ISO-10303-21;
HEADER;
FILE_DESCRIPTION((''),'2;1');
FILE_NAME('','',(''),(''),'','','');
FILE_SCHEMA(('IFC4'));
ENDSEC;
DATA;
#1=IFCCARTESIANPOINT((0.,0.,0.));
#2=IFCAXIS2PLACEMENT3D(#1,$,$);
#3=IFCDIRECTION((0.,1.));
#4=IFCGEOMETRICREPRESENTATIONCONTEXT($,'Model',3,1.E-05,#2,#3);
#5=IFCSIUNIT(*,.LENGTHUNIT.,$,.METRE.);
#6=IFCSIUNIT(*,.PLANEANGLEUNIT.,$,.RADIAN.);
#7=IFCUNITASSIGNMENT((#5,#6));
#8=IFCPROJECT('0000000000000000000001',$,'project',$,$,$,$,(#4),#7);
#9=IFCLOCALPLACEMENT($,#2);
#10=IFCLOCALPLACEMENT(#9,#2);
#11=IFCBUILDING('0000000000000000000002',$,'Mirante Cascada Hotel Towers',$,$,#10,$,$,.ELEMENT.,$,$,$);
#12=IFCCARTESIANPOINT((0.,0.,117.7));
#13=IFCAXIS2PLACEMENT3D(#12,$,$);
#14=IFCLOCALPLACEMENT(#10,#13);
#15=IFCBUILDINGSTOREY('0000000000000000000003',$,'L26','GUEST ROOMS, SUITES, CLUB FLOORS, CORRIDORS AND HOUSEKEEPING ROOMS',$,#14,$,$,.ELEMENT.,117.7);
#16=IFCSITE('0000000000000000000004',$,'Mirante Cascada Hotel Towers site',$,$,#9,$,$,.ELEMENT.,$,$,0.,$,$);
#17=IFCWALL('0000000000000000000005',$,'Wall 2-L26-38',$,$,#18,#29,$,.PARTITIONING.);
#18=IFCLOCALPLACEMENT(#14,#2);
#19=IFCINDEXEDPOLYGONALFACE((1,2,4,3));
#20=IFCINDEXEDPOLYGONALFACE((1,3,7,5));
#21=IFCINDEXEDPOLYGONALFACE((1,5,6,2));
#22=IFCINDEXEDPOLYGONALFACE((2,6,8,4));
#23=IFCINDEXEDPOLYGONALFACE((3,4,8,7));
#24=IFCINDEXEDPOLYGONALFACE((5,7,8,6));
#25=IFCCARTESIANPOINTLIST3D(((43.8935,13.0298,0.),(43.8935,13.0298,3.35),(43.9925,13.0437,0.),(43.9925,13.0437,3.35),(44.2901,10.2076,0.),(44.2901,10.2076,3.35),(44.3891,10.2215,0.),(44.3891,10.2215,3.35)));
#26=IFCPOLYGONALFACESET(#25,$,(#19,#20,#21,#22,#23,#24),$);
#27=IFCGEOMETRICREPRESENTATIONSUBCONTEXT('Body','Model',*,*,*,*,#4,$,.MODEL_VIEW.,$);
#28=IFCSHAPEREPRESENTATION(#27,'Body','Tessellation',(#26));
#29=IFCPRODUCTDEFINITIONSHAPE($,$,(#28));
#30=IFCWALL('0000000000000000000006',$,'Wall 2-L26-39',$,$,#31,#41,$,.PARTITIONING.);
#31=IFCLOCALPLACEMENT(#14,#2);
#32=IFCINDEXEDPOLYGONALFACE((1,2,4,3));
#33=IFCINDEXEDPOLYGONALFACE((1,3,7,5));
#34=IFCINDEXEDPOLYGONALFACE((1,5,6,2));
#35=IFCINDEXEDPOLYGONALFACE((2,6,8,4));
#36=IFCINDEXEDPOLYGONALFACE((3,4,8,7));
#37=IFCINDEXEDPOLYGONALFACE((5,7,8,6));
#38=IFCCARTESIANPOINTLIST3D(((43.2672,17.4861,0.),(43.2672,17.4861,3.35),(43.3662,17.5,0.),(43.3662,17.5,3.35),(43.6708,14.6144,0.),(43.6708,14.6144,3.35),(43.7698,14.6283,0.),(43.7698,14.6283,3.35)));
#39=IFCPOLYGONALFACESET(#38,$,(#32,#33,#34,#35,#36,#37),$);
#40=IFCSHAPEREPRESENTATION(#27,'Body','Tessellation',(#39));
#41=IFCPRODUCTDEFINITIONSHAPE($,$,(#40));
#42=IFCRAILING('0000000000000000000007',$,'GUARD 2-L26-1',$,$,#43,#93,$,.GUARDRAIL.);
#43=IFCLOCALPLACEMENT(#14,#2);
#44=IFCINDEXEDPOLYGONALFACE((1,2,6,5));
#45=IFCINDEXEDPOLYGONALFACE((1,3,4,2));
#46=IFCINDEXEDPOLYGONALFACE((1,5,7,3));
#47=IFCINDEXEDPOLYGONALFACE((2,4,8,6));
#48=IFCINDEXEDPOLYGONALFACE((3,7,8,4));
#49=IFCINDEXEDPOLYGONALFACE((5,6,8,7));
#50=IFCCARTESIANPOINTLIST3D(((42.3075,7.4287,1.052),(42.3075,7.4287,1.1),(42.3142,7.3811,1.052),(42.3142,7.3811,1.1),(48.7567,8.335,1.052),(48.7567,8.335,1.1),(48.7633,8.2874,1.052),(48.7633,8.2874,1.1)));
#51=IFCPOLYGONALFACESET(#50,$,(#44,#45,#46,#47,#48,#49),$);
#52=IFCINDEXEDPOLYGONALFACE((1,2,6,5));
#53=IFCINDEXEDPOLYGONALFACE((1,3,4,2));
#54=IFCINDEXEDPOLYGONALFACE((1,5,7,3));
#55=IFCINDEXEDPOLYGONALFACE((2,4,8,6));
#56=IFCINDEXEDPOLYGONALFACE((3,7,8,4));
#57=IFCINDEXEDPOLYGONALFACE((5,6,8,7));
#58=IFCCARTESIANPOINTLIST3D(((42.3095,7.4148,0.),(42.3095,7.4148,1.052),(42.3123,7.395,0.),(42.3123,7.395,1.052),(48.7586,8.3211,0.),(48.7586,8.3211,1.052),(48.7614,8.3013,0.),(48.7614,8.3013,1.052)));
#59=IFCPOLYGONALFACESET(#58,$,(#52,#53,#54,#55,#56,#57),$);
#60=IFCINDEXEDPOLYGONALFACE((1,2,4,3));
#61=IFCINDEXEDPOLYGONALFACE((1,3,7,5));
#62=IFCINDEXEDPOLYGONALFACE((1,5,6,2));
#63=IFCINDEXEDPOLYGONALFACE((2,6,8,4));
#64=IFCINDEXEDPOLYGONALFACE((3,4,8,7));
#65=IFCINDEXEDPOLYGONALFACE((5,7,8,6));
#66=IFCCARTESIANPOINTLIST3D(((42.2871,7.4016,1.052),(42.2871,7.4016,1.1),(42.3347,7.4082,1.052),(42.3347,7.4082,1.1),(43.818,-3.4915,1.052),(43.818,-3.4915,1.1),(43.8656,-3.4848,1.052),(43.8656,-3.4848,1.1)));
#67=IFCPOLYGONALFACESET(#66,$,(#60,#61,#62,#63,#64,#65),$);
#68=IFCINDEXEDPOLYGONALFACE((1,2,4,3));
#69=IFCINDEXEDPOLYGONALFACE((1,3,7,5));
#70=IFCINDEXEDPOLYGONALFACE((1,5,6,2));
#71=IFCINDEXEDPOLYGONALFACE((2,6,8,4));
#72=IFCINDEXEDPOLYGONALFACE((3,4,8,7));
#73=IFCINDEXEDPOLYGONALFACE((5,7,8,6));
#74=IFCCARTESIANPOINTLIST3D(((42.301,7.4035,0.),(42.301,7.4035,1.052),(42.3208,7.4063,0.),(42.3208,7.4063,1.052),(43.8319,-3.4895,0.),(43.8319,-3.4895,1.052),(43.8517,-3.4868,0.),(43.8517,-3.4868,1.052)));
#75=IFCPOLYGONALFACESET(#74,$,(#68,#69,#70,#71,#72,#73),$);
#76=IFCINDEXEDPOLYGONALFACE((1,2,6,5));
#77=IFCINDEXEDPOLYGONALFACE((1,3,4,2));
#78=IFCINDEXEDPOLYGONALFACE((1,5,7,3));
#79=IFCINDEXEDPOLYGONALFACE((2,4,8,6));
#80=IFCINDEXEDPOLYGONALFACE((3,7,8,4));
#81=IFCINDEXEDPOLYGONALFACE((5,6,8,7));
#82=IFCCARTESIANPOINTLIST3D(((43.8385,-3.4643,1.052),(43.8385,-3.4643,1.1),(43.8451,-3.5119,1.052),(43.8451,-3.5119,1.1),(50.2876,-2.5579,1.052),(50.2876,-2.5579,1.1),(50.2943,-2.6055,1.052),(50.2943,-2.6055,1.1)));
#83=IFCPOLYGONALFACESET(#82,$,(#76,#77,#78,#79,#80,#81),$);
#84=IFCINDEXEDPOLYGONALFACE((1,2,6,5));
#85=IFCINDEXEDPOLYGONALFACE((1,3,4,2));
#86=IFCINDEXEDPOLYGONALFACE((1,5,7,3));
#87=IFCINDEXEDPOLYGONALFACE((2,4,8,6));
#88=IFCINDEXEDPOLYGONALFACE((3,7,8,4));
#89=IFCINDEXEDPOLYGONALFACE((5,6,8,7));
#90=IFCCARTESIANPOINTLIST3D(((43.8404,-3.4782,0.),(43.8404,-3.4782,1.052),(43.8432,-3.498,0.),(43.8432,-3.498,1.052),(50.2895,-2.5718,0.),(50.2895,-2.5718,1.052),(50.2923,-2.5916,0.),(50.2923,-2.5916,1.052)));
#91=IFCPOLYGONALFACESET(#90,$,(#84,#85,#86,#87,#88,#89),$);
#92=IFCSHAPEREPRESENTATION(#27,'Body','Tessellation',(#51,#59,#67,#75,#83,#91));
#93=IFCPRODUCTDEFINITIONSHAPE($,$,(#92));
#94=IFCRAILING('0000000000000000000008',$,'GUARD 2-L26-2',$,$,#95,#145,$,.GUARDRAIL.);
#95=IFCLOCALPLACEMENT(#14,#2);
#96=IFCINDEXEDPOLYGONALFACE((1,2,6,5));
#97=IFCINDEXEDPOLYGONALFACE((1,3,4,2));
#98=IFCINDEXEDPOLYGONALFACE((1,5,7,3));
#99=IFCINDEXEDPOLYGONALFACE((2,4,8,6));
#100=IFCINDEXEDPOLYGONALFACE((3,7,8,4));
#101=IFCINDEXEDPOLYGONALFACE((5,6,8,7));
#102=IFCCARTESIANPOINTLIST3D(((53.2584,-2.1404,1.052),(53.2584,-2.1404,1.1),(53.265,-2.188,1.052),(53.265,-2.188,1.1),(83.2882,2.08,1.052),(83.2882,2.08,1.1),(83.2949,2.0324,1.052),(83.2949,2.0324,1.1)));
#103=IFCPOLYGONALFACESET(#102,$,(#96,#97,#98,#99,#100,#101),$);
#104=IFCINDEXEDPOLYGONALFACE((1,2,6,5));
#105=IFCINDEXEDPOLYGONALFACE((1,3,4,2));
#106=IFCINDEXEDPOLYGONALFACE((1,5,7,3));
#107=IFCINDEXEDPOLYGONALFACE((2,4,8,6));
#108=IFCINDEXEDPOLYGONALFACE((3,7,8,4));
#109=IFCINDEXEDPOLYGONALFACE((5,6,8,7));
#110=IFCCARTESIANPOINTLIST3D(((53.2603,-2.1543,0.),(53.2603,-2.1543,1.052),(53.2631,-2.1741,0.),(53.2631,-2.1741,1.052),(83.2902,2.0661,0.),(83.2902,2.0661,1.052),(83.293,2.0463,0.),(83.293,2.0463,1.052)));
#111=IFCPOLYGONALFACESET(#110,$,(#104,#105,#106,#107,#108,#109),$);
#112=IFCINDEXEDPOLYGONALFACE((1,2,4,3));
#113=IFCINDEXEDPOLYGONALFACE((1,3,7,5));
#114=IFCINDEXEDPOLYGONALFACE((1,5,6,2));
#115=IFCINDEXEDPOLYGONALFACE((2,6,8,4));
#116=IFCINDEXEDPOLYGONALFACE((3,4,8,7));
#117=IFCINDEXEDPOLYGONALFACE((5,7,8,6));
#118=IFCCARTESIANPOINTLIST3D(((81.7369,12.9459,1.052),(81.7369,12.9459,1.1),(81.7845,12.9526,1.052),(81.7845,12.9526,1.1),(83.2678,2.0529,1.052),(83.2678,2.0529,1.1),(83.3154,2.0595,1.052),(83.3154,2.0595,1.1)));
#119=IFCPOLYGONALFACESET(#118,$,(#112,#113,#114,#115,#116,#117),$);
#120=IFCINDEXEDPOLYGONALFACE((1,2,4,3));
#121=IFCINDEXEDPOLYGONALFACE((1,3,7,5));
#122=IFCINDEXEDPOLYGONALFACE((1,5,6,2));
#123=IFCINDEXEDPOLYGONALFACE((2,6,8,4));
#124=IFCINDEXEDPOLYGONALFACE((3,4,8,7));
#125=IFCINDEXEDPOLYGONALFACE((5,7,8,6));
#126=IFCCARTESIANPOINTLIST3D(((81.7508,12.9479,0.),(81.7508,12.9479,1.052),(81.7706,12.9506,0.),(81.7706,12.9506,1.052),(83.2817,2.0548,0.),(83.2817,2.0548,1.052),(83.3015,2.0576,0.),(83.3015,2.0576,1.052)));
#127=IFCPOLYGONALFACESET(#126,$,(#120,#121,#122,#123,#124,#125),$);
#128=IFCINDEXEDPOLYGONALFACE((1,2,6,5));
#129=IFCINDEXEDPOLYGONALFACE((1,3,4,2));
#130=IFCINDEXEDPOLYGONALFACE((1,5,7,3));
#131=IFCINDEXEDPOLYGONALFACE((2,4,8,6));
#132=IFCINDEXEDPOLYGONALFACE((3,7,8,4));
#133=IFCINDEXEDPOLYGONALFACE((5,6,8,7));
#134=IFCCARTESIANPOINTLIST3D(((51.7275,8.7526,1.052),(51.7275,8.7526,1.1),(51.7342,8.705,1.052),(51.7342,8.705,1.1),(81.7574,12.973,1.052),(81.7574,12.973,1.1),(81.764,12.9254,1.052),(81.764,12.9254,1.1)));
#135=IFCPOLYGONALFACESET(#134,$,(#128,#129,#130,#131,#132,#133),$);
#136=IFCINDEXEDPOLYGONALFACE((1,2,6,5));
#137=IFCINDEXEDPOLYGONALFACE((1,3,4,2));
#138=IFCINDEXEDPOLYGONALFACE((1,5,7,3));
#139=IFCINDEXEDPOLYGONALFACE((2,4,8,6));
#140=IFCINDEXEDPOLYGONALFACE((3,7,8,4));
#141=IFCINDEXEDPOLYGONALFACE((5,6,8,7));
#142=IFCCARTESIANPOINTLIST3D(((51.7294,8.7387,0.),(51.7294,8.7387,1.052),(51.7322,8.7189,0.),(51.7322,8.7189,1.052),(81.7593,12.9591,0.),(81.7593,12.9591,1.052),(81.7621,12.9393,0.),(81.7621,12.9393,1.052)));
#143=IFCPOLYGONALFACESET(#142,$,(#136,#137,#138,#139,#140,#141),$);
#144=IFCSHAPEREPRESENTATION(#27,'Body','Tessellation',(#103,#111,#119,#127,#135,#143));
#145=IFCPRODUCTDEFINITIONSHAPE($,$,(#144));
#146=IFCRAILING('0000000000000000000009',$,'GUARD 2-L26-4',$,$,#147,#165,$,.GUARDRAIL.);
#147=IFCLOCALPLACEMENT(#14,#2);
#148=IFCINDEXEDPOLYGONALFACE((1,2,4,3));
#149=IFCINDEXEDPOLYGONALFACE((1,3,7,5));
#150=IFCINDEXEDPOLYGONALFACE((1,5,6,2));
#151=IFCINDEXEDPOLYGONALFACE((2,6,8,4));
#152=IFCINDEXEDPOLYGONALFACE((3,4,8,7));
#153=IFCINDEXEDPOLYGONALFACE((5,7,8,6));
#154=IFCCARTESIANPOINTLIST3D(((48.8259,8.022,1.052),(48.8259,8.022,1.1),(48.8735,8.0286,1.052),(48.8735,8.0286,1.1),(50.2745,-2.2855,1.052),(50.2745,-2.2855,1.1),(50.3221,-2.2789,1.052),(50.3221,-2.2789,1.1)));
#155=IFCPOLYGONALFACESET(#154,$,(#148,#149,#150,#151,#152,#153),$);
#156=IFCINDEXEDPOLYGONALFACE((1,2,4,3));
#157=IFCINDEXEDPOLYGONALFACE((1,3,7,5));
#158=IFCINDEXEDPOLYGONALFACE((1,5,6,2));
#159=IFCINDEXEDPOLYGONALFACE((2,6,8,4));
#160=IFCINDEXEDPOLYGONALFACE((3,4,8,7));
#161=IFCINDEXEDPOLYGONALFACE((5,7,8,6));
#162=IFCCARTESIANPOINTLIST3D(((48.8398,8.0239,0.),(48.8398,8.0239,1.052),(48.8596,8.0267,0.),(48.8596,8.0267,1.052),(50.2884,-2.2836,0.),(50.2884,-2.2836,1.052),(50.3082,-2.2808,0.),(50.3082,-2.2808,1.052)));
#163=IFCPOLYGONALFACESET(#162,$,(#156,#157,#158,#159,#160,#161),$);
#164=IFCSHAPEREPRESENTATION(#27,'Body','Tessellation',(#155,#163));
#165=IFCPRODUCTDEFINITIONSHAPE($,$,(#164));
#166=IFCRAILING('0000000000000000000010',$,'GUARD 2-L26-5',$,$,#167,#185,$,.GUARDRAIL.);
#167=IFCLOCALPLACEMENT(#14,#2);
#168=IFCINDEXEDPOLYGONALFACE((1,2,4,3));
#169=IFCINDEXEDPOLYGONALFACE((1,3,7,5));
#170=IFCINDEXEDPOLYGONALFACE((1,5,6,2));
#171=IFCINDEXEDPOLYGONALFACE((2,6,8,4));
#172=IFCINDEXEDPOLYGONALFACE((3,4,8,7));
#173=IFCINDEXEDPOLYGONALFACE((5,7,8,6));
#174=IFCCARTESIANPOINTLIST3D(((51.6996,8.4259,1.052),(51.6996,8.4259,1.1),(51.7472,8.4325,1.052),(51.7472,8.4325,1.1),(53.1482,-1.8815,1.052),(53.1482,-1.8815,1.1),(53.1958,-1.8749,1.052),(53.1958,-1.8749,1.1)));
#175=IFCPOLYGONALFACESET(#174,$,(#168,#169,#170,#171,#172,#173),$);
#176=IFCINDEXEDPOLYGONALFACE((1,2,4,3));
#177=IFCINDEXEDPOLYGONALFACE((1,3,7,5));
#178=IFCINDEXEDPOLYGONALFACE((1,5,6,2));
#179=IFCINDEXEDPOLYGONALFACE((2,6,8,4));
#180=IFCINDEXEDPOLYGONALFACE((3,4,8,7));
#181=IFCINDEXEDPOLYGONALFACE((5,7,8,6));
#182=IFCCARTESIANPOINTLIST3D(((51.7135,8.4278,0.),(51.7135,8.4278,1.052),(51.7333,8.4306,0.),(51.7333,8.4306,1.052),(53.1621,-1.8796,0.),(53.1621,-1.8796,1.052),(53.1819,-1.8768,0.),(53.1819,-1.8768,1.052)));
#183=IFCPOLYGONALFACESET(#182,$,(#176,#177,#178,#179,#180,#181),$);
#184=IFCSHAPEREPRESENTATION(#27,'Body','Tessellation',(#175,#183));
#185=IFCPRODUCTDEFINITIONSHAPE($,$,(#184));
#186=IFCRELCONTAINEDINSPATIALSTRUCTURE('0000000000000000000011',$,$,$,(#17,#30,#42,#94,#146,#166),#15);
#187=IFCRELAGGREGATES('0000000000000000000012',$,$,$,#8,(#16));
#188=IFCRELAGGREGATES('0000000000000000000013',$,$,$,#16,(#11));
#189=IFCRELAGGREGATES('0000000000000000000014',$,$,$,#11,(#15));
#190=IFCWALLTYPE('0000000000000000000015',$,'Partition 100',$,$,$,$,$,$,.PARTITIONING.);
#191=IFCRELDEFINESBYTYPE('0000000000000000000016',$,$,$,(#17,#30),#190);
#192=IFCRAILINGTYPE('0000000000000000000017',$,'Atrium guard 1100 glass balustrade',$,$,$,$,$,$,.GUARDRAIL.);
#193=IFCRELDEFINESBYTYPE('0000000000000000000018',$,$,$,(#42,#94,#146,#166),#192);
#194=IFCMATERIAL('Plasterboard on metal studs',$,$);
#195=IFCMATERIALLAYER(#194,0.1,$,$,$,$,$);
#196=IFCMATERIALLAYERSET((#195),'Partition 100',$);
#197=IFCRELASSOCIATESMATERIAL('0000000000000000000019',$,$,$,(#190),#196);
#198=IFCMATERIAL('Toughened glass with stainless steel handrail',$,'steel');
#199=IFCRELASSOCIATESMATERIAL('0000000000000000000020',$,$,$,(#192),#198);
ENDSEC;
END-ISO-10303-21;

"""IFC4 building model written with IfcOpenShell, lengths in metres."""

from ifc_helpers import new_model, si_unit, direction, frame, frame_2d, origin, origin_2d, place, context, subcontext, project, spatial, rectangle, extrude, material, layer, layer_set, type_object, element, save


model = new_model("IFC4")

# Units and contexts
model_context = context("Model", 3, precision=1e-05, world=origin(), true_north=direction((0.0, 1.0)))
body_context = subcontext(model_context, "Body", "Model", "MODEL_VIEW")
ifc_project = project(units=[si_unit("LENGTHUNIT", "METRE"), si_unit("PLANEANGLEUNIT", "RADIAN")], contexts=[model_context])

# Site, building, storey
site_placement = place(None, origin())
site = spatial("IfcSite", under=ifc_project, at=site_placement, Name="Mirante Cascada Hotel Towers site", CompositionType="ELEMENT", RefElevation=0.0)
building_placement = place(site_placement, origin())
building = spatial("IfcBuilding", under=site, at=building_placement, Name="Mirante Cascada Hotel Towers", CompositionType="ELEMENT")
storey_placement = place(building_placement, frame((0.0, 0.0, 117.7)))
storey = spatial("IfcBuildingStorey", under=building, at=storey_placement, Name="L26", Description="GUEST ROOMS, SUITES, CLUB FLOORS, CORRIDORS AND HOUSEKEEPING ROOMS", CompositionType="ELEMENT", Elevation=117.7)

# Shared definitions
ifc_material_1 = material(Name="Plasterboard on metal studs")
ifc_layer_1 = layer(ifc_material_1, 0.1)
ifc_layer_set_1 = layer_set([ifc_layer_1], Name="Partition 100")
wall_type_1 = type_object("IfcWallType", Name="Partition 100", PredefinedType="PARTITIONING", material=ifc_layer_set_1)

# Walls
wall_1_placement = place(storey_placement, frame((43.943, 13.0368, 0.0), z_axis=(0.0, 0.0, 1.0), x_axis=(0.139161, -0.99027, 0.0)))
element("IfcWall", 1, at=wall_1_placement, inside=storey, type_object=wall_type_1, Name="Wall 2-L26-38", PredefinedType="PARTITIONING", context=body_context, shape_type="SweptSolid", body=[
    extrude(rectangle(XDim=2.8499, YDim=0.1, at=frame_2d((1.425, 0.0))), origin(), (0.0, 0.0, 1.0), 3.35),
])
wall_2_placement = place(storey_placement, frame((43.7203, 14.6213, 0.0), z_axis=(0.0, 0.0, 1.0), x_axis=(-0.139176, 0.990268, 0.0)))
element("IfcWall", 2, at=wall_2_placement, inside=storey, type_object=wall_type_1, Name="Wall 2-L26-39", PredefinedType="PARTITIONING", context=body_context, shape_type="SweptSolid", body=[
    extrude(rectangle(XDim=2.8999, YDim=0.1, at=frame_2d((1.45, 0.0))), origin(), (0.0, 0.0, 1.0), 3.35),
])

# Railings
ifc_material_2 = material(Name="Toughened glass with stainless steel handrail", Category="steel")
railing_type = type_object("IfcRailingType", Name="Atrium guard 1100 glass balustrade", PredefinedType="GUARDRAIL", material=ifc_material_2)
railing_1_placement = place(storey_placement, frame((48.76, 8.3112, 0.0)))
element("IfcRailing", 3, at=railing_1_placement, inside=storey, type_object=railing_type, Name="GUARD 2-L26-1", PredefinedType="GUARDRAIL", context=body_context, shape_type="SweptSolid", body=[
    extrude(rectangle(XDim=0.048, YDim=0.048, at=origin_2d()), frame((0.0, 0.0, 1.076), z_axis=(-0.990269, -0.139164, 0.0), x_axis=(0.139164, -0.990269, 0.0)), (0.0, 0.0, 1.0), 6.5125),
    extrude(rectangle(XDim=0.02, YDim=1.052, at=origin_2d()), frame((0.0, 0.0, 0.526), z_axis=(-0.990269, -0.139164, 0.0), x_axis=(0.139164, -0.990269, 0.0)), (0.0, 0.0, 1.0), 6.5125),
    extrude(rectangle(XDim=0.048, YDim=0.048, at=origin_2d()), frame((-6.4491, -0.9063, 1.076), z_axis=(0.139172, -0.990268, 0.0), x_axis=(0.990268, 0.139172, 0.0)), (0.0, 0.0, 1.0), 11.0001),
    extrude(rectangle(XDim=0.02, YDim=1.052, at=origin_2d()), frame((-6.4491, -0.9063, 0.526), z_axis=(0.139172, -0.990268, 0.0), x_axis=(0.990268, 0.139172, 0.0)), (0.0, 0.0, 1.0), 11.0001),
    extrude(rectangle(XDim=0.048, YDim=0.048, at=origin_2d()), frame((-4.9182, -11.7993, 1.076), z_axis=(0.990267, 0.139179, 0.0), x_axis=(-0.139179, 0.990267, 0.0)), (0.0, 0.0, 1.0), 6.5125),
    extrude(rectangle(XDim=0.02, YDim=1.052, at=origin_2d()), frame((-4.9182, -11.7993, 0.526), z_axis=(0.990267, 0.139179, 0.0), x_axis=(-0.139179, 0.990267, 0.0)), (0.0, 0.0, 1.0), 6.5125),
])
railing_2_placement = place(storey_placement, frame((53.2617, -2.1642, 0.0)))
element("IfcRailing", 4, at=railing_2_placement, inside=storey, type_object=railing_type, Name="GUARD 2-L26-2", PredefinedType="GUARDRAIL", context=body_context, shape_type="SweptSolid", body=[
    extrude(rectangle(XDim=0.048, YDim=0.048, at=origin_2d()), frame((0.0, 0.0, 1.076), z_axis=(0.990268, 0.139172, 0.0), x_axis=(-0.139172, 0.990268, 0.0)), (0.0, 0.0, 1.0), 30.325),
    extrude(rectangle(XDim=0.02, YDim=1.052, at=origin_2d()), frame((0.0, 0.0, 0.526), z_axis=(0.990268, 0.139172, 0.0), x_axis=(-0.139172, 0.990268, 0.0)), (0.0, 0.0, 1.0), 30.325),
    extrude(rectangle(XDim=0.048, YDim=0.048, at=origin_2d()), frame((30.0299, 4.2204, 1.076), z_axis=(-0.139172, 0.990268, 0.0), x_axis=(-0.990268, -0.139172, 0.0)), (0.0, 0.0, 1.0), 11.0001),
    extrude(rectangle(XDim=0.02, YDim=1.052, at=origin_2d()), frame((30.0299, 4.2204, 0.526), z_axis=(-0.139172, 0.990268, 0.0), x_axis=(-0.990268, -0.139172, 0.0)), (0.0, 0.0, 1.0), 11.0001),
    extrude(rectangle(XDim=0.048, YDim=0.048, at=origin_2d()), frame((28.499, 15.1134, 1.076), z_axis=(-0.990268, -0.139172, 0.0), x_axis=(0.139172, -0.990268, 0.0)), (0.0, 0.0, 1.0), 30.325),
    extrude(rectangle(XDim=0.02, YDim=1.052, at=origin_2d()), frame((28.499, 15.1134, 0.526), z_axis=(-0.990268, -0.139172, 0.0), x_axis=(0.139172, -0.990268, 0.0)), (0.0, 0.0, 1.0), 30.325),
])
railing_3_placement = place(storey_placement, frame((50.2983, -2.2822, 0.0)))
element("IfcRailing", 5, at=railing_3_placement, inside=storey, type_object=railing_type, Name="GUARD 2-L26-4", PredefinedType="GUARDRAIL", context=body_context, shape_type="SweptSolid", body=[
    extrude(rectangle(XDim=0.048, YDim=0.048, at=origin_2d()), frame((0.0, 0.0, 1.076), z_axis=(-0.139171, 0.990268, 0.0), x_axis=(-0.990268, -0.139171, 0.0)), (0.0, 0.0, 1.0), 10.4088),
    extrude(rectangle(XDim=0.02, YDim=1.052, at=origin_2d()), frame((0.0, 0.0, 0.526), z_axis=(-0.139171, 0.990268, 0.0), x_axis=(-0.990268, -0.139171, 0.0)), (0.0, 0.0, 1.0), 10.4088),
])
railing_4_placement = place(storey_placement, frame((51.7234, 8.4292, 0.0)))
element("IfcRailing", 6, at=railing_4_placement, inside=storey, type_object=railing_type, Name="GUARD 2-L26-5", PredefinedType="GUARDRAIL", context=body_context, shape_type="SweptSolid", body=[
    extrude(rectangle(XDim=0.048, YDim=0.048, at=origin_2d()), frame((0.0, 0.0, 1.076), z_axis=(0.139172, -0.990268, 0.0), x_axis=(0.990268, 0.139172, 0.0)), (0.0, 0.0, 1.0), 10.4087),
    extrude(rectangle(XDim=0.02, YDim=1.052, at=origin_2d()), frame((0.0, 0.0, 0.526), z_axis=(0.139172, -0.990268, 0.0), x_axis=(0.990268, 0.139172, 0.0)), (0.0, 0.0, 1.0), 10.4087),
])

save(model, "model.ifc")
